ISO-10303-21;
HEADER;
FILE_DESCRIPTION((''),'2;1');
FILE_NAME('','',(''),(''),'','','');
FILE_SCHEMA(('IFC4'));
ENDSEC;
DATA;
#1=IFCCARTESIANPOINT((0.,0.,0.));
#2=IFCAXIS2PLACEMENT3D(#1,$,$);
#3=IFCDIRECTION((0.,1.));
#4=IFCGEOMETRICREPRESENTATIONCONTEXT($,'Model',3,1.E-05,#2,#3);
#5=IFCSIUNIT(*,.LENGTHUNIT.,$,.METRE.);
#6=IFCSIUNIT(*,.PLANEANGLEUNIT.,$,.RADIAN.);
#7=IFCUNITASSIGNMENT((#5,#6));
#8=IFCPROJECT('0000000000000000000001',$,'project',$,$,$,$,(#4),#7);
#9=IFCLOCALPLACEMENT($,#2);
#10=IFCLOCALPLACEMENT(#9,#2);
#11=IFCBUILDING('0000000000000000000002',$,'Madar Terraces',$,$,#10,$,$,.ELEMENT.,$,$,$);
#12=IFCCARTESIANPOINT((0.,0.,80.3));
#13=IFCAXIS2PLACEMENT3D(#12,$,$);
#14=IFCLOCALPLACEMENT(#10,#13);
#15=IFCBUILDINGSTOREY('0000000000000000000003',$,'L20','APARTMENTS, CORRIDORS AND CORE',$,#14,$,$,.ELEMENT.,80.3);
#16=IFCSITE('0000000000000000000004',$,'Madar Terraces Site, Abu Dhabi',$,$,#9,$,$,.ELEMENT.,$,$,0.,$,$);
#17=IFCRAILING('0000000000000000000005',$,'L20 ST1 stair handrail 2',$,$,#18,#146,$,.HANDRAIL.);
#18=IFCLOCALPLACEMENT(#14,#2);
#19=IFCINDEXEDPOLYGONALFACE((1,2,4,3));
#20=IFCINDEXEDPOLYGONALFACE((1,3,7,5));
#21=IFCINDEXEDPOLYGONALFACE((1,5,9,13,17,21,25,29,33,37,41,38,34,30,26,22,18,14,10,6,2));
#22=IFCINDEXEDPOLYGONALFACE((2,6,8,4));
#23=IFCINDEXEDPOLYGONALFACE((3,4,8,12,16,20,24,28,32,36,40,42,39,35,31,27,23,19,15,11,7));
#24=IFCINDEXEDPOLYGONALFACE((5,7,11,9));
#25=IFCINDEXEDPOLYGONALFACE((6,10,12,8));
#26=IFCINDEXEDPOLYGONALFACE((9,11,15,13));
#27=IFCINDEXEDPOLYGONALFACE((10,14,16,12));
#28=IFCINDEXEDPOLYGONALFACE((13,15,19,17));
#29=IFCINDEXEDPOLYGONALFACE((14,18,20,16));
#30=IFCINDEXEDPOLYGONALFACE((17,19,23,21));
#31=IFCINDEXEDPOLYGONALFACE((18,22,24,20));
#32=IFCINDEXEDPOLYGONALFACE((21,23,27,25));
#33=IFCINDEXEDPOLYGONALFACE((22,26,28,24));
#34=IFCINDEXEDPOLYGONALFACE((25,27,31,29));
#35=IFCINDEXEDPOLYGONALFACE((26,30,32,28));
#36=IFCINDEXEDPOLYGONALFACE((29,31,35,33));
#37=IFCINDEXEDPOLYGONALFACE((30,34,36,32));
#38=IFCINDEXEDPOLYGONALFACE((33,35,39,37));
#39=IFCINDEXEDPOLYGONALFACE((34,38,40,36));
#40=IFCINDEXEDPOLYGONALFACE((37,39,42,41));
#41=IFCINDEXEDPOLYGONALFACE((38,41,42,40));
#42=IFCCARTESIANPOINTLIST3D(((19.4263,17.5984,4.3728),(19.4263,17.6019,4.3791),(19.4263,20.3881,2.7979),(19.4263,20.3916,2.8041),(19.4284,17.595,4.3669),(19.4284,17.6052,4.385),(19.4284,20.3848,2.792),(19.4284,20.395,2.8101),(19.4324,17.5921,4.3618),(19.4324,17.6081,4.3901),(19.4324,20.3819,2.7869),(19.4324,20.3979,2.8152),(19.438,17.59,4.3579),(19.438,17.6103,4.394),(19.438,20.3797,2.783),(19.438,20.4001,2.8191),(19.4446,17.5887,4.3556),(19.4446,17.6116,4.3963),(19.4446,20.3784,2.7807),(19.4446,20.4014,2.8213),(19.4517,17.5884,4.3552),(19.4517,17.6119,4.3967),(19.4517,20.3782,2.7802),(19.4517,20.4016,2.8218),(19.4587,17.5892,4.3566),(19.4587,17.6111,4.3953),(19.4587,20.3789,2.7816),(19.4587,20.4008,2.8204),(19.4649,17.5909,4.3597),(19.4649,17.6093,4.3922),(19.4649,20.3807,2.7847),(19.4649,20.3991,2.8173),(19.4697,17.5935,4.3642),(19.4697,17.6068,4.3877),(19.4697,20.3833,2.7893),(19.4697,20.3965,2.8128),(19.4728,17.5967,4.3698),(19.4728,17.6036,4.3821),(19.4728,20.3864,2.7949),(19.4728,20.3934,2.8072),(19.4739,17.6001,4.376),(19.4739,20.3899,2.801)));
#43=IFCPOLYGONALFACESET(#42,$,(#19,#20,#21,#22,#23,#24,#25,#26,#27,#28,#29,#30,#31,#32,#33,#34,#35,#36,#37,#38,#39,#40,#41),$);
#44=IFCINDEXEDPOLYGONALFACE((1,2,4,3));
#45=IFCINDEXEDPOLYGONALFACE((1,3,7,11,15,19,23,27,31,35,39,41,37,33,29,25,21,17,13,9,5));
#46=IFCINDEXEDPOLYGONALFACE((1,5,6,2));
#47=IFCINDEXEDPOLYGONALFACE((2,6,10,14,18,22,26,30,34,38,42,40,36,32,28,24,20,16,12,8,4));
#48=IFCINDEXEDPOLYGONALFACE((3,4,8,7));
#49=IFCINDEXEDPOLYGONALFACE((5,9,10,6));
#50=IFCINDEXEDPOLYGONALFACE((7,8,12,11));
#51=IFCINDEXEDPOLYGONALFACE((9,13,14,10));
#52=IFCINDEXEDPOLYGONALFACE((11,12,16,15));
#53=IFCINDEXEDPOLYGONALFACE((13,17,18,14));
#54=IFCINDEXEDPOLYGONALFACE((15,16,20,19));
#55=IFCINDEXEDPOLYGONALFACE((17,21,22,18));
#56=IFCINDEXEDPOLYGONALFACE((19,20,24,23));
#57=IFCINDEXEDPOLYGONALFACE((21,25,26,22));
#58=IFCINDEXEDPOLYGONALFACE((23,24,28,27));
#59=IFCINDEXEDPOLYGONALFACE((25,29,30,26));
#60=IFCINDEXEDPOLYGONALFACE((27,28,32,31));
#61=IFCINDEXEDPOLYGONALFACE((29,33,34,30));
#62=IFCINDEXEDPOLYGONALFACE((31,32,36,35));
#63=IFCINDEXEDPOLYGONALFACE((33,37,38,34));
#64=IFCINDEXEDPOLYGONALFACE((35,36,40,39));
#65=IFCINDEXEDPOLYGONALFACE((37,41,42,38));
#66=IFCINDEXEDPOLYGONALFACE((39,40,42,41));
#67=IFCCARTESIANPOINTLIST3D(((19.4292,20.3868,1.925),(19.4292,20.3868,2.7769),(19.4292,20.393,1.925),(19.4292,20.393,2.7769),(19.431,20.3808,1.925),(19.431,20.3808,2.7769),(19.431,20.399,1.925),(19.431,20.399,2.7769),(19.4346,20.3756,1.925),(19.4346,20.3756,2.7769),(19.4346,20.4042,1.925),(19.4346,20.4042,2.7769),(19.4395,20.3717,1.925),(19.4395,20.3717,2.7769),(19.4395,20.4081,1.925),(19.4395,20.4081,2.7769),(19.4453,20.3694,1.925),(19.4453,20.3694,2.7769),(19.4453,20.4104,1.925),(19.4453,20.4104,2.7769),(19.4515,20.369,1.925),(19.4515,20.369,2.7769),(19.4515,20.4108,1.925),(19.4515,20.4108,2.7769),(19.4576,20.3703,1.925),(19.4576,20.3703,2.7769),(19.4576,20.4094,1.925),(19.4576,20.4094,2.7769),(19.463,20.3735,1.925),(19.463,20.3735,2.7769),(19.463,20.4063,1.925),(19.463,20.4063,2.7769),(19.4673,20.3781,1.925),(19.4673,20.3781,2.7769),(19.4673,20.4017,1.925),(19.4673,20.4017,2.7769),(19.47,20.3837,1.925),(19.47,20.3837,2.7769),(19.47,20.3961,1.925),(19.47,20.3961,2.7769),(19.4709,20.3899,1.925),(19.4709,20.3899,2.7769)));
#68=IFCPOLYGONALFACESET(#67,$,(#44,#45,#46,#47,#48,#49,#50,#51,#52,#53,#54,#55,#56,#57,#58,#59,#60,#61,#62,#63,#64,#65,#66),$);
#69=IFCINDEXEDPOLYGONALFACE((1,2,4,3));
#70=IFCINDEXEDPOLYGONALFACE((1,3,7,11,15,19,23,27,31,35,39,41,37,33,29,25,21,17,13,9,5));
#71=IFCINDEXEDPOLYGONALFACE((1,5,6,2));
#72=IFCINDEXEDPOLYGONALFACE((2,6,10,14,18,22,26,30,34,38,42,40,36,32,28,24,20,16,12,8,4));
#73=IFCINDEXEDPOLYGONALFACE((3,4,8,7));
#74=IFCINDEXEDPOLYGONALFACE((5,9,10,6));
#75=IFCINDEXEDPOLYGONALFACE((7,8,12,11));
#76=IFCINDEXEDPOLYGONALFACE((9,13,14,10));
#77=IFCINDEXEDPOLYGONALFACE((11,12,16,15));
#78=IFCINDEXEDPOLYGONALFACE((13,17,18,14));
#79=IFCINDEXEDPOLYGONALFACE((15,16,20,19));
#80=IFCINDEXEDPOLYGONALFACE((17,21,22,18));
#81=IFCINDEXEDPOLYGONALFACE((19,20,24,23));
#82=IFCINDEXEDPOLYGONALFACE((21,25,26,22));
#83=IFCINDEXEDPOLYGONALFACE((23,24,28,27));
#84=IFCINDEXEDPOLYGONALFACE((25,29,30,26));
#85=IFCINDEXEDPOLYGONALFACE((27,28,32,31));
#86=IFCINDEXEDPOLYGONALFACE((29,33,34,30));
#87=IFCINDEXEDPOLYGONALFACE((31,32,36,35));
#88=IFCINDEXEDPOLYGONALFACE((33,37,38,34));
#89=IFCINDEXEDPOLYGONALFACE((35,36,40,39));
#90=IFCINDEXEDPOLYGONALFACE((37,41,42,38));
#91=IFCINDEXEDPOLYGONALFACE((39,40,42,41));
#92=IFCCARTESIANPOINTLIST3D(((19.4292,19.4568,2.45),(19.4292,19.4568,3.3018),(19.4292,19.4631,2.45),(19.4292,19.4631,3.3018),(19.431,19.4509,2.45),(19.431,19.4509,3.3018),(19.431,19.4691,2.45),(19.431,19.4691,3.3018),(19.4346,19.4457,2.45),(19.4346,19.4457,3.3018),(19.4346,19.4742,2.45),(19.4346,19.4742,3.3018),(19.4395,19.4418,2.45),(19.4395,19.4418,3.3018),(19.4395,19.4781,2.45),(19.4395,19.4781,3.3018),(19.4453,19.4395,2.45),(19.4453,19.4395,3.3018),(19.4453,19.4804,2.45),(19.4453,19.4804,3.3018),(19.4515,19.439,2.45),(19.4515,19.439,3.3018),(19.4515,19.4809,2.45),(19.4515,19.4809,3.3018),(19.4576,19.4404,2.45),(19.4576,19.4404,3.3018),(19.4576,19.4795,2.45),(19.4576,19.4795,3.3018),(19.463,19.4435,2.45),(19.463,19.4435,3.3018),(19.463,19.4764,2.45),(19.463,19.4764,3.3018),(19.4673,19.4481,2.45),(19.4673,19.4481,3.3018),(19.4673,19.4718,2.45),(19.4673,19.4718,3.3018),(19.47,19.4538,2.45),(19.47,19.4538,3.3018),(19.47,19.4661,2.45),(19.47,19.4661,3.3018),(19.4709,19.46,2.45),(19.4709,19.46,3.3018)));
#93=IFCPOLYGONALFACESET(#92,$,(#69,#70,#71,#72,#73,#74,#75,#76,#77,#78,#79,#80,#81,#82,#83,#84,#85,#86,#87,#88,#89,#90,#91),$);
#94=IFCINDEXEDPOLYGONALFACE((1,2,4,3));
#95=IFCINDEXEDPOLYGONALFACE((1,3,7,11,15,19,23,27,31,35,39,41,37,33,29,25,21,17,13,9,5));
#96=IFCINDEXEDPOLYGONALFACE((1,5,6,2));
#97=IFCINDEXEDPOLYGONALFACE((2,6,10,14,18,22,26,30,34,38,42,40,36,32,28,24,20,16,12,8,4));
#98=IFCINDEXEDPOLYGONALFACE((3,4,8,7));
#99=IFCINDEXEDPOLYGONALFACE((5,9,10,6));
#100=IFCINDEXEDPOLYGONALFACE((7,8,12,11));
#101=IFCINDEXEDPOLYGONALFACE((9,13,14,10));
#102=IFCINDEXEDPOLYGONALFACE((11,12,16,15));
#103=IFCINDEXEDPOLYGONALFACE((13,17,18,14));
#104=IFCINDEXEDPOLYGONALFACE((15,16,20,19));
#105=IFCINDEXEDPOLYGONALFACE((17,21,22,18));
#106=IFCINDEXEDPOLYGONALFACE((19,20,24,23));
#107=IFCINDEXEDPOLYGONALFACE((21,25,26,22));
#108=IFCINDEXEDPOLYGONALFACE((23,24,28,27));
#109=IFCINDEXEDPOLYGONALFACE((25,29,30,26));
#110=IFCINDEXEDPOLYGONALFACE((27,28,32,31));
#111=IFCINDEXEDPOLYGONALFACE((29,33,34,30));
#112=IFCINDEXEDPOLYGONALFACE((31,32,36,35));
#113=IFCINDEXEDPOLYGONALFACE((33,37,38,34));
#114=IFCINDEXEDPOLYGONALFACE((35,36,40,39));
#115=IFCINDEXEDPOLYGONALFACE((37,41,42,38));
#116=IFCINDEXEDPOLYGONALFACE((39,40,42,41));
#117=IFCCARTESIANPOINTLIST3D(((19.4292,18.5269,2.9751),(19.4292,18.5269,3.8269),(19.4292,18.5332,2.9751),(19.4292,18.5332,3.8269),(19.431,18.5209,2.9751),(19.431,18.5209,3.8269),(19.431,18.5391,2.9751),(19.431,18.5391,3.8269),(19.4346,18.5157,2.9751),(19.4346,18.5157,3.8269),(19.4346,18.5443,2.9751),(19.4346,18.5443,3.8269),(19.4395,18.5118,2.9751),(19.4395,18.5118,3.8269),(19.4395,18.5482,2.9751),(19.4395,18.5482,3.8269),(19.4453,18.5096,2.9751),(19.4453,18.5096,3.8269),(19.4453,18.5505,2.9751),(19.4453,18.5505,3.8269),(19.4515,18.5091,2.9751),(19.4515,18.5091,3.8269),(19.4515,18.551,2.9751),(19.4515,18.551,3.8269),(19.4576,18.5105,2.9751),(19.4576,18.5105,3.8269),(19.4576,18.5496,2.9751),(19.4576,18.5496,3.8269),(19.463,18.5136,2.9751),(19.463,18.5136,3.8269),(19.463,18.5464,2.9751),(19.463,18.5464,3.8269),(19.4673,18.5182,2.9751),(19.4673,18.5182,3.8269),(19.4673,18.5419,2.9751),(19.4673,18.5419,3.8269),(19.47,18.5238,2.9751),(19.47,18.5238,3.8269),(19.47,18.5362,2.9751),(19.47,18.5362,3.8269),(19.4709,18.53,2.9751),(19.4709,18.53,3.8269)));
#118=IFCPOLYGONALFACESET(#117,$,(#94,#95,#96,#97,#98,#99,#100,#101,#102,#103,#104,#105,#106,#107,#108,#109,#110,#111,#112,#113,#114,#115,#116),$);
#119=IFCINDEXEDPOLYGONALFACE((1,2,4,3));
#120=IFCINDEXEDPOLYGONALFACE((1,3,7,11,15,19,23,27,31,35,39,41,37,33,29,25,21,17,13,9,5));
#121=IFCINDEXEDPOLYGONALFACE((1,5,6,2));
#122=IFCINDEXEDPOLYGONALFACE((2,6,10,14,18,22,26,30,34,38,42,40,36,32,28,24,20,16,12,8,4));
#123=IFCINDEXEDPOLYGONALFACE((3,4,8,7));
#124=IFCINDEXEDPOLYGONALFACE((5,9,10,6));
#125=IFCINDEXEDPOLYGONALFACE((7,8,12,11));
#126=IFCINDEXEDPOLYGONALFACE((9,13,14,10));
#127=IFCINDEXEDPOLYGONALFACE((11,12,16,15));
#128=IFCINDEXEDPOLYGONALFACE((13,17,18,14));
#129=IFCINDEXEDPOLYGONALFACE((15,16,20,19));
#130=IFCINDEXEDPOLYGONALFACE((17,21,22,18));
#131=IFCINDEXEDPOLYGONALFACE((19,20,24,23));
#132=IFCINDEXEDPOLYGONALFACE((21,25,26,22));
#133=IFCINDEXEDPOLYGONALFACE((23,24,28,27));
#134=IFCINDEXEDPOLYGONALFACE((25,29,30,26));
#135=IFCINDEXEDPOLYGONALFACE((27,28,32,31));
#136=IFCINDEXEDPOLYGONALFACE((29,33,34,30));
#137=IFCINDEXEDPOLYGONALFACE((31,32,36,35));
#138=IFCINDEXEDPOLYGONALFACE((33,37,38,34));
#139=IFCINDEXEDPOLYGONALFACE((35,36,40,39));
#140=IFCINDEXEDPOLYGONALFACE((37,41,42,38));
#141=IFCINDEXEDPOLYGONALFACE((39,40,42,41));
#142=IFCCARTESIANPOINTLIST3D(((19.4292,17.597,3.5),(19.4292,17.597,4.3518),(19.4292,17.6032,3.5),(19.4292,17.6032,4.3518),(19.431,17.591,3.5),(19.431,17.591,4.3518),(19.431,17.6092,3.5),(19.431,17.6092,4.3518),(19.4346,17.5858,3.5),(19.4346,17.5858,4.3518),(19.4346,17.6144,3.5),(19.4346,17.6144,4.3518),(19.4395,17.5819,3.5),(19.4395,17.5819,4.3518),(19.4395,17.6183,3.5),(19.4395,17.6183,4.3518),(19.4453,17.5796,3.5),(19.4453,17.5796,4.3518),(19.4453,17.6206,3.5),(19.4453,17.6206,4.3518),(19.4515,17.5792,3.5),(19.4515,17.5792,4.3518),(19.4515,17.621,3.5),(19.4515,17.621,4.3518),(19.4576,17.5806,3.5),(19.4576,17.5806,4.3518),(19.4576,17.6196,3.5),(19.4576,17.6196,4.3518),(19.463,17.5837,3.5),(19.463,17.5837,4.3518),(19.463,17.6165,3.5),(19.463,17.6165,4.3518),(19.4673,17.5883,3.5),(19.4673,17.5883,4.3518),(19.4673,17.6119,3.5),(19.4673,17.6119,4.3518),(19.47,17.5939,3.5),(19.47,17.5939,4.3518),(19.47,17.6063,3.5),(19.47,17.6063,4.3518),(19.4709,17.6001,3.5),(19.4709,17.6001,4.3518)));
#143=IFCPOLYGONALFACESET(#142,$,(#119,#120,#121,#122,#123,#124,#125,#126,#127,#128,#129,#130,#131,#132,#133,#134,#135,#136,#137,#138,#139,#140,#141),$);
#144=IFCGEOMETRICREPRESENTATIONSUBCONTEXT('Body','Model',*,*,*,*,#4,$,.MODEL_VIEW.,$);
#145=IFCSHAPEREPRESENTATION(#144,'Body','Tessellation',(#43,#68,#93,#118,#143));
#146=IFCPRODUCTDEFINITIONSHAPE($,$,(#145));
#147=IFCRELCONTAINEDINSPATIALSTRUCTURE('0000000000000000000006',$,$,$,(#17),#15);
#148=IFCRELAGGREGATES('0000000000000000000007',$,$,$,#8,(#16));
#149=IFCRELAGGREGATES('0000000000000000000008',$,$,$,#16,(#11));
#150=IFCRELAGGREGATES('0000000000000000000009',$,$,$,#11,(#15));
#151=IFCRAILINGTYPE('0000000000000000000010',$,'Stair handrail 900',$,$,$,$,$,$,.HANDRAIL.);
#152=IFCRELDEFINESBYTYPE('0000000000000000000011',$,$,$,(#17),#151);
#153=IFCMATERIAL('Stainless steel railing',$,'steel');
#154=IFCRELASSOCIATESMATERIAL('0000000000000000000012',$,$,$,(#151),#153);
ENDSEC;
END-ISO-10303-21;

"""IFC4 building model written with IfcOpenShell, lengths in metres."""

from ifc_helpers import new_model, si_unit, direction, frame, origin, origin_2d, place, context, subcontext, project, spatial, circle, extrude, material, type_object, element, save


model = new_model("IFC4")

# Units and contexts
model_context = context("Model", 3, precision=1e-05, world=origin(), true_north=direction((0.0, 1.0)))
body_context = subcontext(model_context, "Body", "Model", "MODEL_VIEW")
ifc_project = project(units=[si_unit("LENGTHUNIT", "METRE"), si_unit("PLANEANGLEUNIT", "RADIAN")], contexts=[model_context])

# Site, building, storey
site_placement = place(None, origin())
site = spatial("IfcSite", under=ifc_project, at=site_placement, Name="Madar Terraces Site, Abu Dhabi", CompositionType="ELEMENT", RefElevation=0.0)
building_placement = place(site_placement, origin())
building = spatial("IfcBuilding", under=site, at=building_placement, Name="Madar Terraces", CompositionType="ELEMENT")
storey_placement = place(building_placement, frame((0.0, 0.0, 80.3)))
storey = spatial("IfcBuildingStorey", under=building, at=storey_placement, Name="L20", Description="APARTMENTS, CORRIDORS AND CORE", CompositionType="ELEMENT", Elevation=80.3)

# Railing
ifc_material_1 = material(Name="Stainless steel railing", Category="steel")
railing_type_1 = type_object("IfcRailingType", Name="Stair handrail 900", PredefinedType="HANDRAIL", material=ifc_material_1)
railing_1_placement = place(storey_placement, frame((19.45, 20.3899, 1.925)))
element("IfcRailing", 1, at=railing_1_placement, inside=storey, type_object=railing_type_1, Name="L20 ST1 stair handrail 2", PredefinedType="HANDRAIL", context=body_context, shape_type="SweptSolid", body=[
    extrude(circle(Radius=0.0239, at=origin_2d()), frame((0.0, 0.0, 0.876), z_axis=(0.0, -0.870815, 0.49161), x_axis=(1.0, 0.0, 0.0)), (0.0, 0.0, 1.0), 3.2036),
    extrude(circle(Radius=0.021, at=origin_2d()), origin(), (0.0, 0.0, 1.0), 0.8518),
    extrude(circle(Radius=0.021, at=origin_2d()), frame((0.0, -0.9299, 0.5249)), (0.0, 0.0, 1.0), 0.8518),
    extrude(circle(Radius=0.021, at=origin_2d()), frame((0.0, -1.8599, 1.05)), (0.0, 0.0, 1.0), 0.8518),
    extrude(circle(Radius=0.021, at=origin_2d()), frame((0.0, -2.7898, 1.575)), (0.0, 0.0, 1.0), 0.8518),
])

save(model, "model.ifc")
